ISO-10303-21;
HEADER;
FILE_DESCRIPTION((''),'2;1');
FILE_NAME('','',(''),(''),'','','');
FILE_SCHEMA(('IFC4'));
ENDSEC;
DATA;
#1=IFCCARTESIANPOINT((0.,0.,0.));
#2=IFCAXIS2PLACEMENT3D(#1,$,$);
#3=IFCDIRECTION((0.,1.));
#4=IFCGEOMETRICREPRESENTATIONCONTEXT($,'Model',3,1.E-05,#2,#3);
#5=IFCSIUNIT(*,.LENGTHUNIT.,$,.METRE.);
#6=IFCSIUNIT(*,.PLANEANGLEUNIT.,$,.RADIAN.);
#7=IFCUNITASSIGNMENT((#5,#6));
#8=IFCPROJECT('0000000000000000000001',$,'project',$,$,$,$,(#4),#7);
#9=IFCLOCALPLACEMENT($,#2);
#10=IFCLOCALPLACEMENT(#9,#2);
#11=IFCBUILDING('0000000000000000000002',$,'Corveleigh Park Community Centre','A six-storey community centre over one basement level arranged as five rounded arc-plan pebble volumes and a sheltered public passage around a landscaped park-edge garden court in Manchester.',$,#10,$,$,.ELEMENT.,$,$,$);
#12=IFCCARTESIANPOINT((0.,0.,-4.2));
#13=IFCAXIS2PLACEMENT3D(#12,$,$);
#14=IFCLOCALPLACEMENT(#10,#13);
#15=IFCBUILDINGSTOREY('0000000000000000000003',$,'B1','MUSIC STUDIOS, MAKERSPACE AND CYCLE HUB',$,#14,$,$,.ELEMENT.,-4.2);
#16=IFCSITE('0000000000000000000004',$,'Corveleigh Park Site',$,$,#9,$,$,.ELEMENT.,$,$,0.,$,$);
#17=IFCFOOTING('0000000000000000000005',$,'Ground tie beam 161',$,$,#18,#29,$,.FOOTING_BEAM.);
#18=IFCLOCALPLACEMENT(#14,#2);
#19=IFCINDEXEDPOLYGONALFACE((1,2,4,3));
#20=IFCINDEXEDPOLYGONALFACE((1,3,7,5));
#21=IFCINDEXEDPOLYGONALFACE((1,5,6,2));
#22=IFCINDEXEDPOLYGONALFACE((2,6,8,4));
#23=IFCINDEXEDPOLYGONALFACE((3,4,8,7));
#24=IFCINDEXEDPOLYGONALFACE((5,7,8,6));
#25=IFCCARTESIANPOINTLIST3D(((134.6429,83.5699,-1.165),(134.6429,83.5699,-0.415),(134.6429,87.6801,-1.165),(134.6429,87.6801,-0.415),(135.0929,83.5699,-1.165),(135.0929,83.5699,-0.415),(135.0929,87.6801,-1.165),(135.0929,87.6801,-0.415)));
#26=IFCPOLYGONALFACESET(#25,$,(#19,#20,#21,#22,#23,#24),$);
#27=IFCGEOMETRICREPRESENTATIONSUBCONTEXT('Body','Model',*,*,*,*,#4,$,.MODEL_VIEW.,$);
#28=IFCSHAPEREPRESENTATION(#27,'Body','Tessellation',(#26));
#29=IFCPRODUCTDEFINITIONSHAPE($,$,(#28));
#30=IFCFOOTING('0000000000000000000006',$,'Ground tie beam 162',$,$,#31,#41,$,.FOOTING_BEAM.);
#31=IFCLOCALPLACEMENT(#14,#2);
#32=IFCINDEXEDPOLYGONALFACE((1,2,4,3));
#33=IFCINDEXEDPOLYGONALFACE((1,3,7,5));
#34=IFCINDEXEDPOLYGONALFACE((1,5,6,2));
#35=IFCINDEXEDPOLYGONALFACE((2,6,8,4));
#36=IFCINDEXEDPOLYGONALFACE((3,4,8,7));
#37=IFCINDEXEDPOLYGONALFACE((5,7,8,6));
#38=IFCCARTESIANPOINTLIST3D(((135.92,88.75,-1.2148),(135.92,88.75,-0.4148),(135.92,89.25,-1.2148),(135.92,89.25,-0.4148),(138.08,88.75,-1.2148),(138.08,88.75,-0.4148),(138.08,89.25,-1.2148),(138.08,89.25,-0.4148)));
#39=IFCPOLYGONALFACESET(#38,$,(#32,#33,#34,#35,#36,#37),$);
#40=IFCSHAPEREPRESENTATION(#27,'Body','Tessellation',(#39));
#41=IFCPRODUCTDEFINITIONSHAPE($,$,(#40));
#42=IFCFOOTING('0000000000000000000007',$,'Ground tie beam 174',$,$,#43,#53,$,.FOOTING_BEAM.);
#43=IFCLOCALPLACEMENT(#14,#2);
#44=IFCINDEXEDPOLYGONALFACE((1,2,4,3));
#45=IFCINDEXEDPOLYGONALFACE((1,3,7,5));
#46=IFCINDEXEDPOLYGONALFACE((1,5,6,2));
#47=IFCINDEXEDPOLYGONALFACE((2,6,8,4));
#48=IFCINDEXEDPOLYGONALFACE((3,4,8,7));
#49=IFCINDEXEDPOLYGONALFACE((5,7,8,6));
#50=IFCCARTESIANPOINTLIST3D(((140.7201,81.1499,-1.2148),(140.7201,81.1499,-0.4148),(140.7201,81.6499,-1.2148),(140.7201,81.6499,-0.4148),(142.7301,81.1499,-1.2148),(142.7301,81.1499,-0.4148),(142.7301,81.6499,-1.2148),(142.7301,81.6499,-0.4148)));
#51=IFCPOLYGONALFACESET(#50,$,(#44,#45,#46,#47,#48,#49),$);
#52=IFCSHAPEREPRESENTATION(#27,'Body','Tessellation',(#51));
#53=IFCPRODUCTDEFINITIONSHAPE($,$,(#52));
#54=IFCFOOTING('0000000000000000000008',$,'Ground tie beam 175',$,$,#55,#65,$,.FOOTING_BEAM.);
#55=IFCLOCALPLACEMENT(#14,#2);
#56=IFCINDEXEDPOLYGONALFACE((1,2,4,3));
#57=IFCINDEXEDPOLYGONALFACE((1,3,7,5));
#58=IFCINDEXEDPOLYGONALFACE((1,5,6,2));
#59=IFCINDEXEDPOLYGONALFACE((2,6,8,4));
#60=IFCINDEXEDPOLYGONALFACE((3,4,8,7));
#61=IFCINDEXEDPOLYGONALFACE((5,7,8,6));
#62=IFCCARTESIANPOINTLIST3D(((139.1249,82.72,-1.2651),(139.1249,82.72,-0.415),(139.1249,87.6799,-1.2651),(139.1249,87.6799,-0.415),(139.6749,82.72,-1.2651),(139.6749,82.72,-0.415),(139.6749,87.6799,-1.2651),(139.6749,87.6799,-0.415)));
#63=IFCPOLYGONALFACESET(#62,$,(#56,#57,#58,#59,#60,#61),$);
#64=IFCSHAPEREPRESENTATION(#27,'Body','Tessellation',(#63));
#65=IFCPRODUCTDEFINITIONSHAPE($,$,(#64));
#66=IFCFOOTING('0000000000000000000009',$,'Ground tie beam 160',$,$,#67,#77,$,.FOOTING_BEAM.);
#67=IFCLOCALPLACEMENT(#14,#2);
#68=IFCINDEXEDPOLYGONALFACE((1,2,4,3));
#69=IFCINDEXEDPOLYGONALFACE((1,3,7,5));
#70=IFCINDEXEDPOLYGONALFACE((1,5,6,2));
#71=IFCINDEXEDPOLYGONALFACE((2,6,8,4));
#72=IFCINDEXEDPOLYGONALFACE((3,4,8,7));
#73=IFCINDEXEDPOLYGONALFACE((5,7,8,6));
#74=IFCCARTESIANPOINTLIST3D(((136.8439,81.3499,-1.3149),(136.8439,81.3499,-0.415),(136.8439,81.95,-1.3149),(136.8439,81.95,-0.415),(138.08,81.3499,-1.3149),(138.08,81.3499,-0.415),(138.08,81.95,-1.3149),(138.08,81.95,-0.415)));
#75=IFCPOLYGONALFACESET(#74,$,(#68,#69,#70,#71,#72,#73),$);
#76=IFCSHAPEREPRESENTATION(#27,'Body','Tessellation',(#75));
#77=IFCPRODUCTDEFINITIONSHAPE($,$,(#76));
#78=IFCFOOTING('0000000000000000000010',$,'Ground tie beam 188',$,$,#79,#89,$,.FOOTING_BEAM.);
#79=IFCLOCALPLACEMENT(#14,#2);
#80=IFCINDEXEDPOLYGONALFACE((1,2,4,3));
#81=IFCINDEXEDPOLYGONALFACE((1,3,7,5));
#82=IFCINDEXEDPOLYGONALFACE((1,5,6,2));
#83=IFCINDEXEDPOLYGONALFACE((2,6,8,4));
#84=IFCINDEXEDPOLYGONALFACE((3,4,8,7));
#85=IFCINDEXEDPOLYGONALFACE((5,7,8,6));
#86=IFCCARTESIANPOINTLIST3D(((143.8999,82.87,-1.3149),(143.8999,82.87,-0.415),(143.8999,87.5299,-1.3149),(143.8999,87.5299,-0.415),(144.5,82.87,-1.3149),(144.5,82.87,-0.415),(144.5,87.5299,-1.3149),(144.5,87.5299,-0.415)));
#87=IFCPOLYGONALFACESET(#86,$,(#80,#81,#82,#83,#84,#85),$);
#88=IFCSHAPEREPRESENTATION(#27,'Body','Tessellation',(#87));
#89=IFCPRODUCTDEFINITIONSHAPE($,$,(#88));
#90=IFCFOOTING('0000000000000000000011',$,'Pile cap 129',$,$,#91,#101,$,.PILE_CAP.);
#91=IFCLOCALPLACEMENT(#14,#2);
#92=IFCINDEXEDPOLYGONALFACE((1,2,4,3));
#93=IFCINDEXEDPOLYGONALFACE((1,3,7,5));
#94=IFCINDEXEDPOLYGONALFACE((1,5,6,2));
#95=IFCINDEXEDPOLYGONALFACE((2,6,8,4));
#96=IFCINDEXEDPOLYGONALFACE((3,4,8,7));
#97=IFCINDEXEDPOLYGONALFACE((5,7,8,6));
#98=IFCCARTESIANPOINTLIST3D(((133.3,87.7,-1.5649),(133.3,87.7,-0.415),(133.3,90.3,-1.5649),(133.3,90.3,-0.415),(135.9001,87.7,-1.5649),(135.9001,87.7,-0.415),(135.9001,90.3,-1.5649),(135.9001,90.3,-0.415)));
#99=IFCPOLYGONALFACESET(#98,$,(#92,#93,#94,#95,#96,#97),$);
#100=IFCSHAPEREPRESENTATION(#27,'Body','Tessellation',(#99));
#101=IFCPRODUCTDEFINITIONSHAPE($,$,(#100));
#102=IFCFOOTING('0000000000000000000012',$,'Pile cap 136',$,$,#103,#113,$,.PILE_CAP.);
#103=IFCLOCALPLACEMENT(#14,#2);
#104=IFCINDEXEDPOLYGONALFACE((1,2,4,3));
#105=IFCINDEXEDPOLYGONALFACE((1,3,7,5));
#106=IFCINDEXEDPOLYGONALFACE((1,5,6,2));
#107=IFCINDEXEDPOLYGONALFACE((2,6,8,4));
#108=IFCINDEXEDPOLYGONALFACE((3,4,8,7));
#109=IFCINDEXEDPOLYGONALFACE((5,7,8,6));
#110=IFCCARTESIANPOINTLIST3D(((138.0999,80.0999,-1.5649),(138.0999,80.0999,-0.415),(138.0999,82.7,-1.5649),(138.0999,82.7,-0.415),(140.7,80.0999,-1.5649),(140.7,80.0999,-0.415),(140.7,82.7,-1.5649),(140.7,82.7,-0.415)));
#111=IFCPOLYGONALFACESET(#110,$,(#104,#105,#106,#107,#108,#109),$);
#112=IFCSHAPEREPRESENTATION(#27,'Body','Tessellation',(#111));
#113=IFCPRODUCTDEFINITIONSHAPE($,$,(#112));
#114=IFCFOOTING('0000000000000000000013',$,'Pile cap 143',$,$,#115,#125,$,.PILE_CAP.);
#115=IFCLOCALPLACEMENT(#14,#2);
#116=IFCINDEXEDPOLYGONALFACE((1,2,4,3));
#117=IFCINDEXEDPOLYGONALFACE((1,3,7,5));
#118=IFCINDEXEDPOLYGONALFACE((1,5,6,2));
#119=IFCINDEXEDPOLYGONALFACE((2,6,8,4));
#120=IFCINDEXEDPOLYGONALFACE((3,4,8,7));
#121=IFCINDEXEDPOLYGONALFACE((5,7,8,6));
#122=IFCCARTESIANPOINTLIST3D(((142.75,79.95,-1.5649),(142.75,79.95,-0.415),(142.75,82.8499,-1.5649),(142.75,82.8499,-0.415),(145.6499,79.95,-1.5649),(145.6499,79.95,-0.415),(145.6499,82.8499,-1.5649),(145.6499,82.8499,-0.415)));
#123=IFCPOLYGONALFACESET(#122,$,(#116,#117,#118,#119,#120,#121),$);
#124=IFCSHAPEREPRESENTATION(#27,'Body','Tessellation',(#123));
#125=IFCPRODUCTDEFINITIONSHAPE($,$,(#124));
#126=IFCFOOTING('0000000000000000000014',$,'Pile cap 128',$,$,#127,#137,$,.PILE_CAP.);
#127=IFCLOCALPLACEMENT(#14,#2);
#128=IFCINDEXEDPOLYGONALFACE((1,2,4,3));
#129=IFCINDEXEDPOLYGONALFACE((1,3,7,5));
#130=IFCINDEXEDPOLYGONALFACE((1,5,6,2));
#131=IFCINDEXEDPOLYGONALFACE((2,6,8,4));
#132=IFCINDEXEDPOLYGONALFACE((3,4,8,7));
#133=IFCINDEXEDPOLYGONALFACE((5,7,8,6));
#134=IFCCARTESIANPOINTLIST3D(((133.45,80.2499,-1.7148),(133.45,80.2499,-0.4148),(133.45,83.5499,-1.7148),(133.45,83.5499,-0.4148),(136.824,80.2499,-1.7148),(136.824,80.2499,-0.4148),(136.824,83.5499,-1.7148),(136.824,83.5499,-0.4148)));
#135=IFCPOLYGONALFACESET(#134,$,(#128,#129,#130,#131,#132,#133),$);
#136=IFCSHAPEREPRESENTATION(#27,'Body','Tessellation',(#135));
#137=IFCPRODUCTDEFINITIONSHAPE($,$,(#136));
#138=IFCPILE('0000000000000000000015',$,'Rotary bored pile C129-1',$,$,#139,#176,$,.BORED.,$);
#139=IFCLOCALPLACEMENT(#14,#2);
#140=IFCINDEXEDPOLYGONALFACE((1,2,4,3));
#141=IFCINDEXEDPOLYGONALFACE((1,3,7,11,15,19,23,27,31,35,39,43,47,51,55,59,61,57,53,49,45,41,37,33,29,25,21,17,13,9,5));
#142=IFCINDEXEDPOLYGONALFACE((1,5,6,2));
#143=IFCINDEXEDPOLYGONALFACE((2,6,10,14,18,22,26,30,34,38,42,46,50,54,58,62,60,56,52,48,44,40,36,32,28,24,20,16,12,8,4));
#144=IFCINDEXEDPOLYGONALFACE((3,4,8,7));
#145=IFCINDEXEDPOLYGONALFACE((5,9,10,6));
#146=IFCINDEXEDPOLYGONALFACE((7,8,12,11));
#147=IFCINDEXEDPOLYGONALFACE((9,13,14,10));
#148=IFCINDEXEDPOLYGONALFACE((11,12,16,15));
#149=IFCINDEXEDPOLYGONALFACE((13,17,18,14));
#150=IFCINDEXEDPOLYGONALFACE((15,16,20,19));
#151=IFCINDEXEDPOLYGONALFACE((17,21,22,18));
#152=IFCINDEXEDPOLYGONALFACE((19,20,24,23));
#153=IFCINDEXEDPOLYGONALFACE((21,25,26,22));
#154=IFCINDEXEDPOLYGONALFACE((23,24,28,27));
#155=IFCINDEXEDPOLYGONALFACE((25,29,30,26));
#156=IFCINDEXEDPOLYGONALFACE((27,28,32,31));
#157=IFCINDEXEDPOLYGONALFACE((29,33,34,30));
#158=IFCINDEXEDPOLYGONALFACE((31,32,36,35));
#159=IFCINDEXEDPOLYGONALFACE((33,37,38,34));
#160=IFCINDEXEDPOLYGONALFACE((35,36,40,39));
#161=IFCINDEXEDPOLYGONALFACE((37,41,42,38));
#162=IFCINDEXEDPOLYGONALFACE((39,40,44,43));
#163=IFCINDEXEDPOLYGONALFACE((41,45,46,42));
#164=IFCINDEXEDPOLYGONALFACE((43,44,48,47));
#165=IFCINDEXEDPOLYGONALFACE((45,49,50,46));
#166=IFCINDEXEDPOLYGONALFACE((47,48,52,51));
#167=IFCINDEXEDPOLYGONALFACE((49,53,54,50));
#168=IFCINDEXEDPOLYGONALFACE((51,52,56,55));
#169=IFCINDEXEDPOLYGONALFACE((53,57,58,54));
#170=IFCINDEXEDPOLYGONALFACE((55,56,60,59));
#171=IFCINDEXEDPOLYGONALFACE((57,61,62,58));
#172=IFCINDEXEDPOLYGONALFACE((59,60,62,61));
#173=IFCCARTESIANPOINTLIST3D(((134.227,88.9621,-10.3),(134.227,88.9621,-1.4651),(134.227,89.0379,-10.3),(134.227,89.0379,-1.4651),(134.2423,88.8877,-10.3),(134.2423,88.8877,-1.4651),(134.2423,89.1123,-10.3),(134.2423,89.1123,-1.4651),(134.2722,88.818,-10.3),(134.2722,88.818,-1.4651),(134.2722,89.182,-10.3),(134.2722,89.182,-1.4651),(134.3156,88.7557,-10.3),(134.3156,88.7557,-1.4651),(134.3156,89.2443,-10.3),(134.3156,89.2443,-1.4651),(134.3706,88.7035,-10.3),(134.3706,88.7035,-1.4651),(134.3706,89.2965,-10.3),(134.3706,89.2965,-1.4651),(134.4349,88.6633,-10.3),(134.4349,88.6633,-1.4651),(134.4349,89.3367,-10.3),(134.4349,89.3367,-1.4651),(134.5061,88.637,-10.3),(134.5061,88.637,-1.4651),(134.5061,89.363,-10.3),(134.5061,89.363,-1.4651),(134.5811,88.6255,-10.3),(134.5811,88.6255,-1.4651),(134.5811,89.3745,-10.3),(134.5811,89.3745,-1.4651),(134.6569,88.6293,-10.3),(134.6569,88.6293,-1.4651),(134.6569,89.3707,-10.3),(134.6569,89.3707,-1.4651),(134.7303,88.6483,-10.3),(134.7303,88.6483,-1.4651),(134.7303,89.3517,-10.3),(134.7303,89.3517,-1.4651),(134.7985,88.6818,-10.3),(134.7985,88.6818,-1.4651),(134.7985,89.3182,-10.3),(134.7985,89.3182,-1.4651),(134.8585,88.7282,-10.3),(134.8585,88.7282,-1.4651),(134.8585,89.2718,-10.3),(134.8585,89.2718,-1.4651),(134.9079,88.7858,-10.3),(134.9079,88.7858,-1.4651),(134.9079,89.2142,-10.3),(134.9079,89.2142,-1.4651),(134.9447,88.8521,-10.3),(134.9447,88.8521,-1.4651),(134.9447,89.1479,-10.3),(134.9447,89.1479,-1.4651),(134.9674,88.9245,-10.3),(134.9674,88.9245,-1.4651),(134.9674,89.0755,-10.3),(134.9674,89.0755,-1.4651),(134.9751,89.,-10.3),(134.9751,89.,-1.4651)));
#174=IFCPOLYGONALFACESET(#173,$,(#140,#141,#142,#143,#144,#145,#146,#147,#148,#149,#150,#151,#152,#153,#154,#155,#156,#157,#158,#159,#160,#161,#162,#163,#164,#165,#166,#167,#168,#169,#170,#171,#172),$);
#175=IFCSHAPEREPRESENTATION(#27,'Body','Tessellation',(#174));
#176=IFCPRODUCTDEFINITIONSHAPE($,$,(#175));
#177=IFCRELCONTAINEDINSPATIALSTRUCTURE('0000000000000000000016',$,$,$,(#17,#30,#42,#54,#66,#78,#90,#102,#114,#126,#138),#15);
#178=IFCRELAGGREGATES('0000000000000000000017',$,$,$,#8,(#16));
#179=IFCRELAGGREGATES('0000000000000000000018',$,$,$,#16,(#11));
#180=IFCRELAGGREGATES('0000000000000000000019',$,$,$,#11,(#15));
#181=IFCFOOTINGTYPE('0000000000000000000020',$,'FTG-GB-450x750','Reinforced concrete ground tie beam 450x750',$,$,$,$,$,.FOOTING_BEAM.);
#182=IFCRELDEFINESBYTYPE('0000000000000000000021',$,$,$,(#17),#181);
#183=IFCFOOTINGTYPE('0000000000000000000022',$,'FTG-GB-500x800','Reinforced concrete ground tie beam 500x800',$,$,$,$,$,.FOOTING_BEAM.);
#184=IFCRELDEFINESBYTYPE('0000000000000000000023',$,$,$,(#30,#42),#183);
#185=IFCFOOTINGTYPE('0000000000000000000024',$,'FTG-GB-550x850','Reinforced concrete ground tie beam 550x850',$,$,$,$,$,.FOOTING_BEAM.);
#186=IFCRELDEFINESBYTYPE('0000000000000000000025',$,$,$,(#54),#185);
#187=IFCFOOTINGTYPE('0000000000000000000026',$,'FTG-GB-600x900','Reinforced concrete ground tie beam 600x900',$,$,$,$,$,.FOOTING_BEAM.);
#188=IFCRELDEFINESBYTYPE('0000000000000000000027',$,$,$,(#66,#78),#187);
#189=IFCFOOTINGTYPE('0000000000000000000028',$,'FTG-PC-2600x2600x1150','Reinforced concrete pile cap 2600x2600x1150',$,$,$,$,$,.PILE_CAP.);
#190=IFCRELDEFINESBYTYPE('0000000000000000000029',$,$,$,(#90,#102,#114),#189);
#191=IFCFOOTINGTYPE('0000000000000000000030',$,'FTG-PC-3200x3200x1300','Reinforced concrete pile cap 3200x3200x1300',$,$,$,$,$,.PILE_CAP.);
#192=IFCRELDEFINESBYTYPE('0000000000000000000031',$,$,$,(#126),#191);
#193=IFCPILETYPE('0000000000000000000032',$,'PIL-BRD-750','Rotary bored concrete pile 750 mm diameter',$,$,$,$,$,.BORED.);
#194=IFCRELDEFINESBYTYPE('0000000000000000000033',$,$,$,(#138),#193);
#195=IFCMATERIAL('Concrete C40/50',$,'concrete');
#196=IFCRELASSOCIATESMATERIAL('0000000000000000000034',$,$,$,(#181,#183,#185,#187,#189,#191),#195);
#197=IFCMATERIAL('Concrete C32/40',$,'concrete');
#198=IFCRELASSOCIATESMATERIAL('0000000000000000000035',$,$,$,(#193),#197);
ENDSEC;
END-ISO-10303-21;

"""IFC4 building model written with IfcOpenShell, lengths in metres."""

from ifc_helpers import new_model, si_unit, direction, frame, origin, origin_2d, place, context, subcontext, project, spatial, rectangle, circle, extrude, material, material_profile, profile_set, type_object, element, save


model = new_model("IFC4")

# Units and contexts
model_context = context("Model", 3, precision=1e-05, world=origin(), true_north=direction((0.0, 1.0)))
body_context = subcontext(model_context, "Body", "Model", "MODEL_VIEW")
ifc_project = project(units=[si_unit("LENGTHUNIT", "METRE"), si_unit("PLANEANGLEUNIT", "RADIAN")], contexts=[model_context])

# Site, building, storey
site_placement = place(None, origin())
site = spatial("IfcSite", under=ifc_project, at=site_placement, Name="Corveleigh Park Site", CompositionType="ELEMENT", RefElevation=0.0)
building_placement = place(site_placement, origin())
building = spatial("IfcBuilding", under=site, at=building_placement, Name="Corveleigh Park Community Centre", Description="A six-storey community centre over one basement level arranged as five rounded arc-plan pebble volumes and a sheltered public passage around a landscaped park-edge garden court in Manchester.", CompositionType="ELEMENT")
storey_placement = place(building_placement, frame((0.0, 0.0, -4.2)))
storey = spatial("IfcBuildingStorey", under=building, at=storey_placement, Name="B1", Description="MUSIC STUDIOS, MAKERSPACE AND CYCLE HUB", CompositionType="ELEMENT", Elevation=-4.2)

# Footings
ifc_material_1 = material(Name="Concrete C40/50", Category="concrete")
footing_type_1 = type_object("IfcFootingType", Name="FTG-GB-450x750", Description="Reinforced concrete ground tie beam 450x750", PredefinedType="FOOTING_BEAM", material=ifc_material_1)
footing_1_placement = place(storey_placement, frame((134.8679, 85.625, -1.165), z_axis=(0.0, 0.0, 1.0), x_axis=(1.0, 0.0, 0.0)))
element("IfcFooting", 1, at=footing_1_placement, inside=storey, type_object=footing_type_1, Name="Ground tie beam 161", PredefinedType="FOOTING_BEAM", context=body_context, shape_type="SweptSolid", body=[
    extrude(rectangle(XDim=0.45, YDim=4.1101, at=origin_2d()), origin(), (0.0, 0.0, 1.0), 0.75),
])
footing_type_2 = type_object("IfcFootingType", Name="FTG-GB-500x800", Description="Reinforced concrete ground tie beam 500x800", PredefinedType="FOOTING_BEAM", material=ifc_material_1)
footing_2_placement = place(storey_placement, frame((137.0, 89.0, -1.2148), z_axis=(0.0, 0.0, 1.0), x_axis=(1.0, 0.0, 0.0)))
element("IfcFooting", 2, at=footing_2_placement, inside=storey, type_object=footing_type_2, Name="Ground tie beam 162", PredefinedType="FOOTING_BEAM", context=body_context, shape_type="SweptSolid", body=[
    extrude(rectangle(XDim=2.1599, YDim=0.5, at=origin_2d()), origin(), (0.0, 0.0, 1.0), 0.8),
])
footing_3_placement = place(storey_placement, frame((141.7251, 81.3999, -1.2148), z_axis=(0.0, 0.0, 1.0), x_axis=(1.0, 0.0, 0.0)))
element("IfcFooting", 3, at=footing_3_placement, inside=storey, type_object=footing_type_2, Name="Ground tie beam 174", PredefinedType="FOOTING_BEAM", context=body_context, shape_type="SweptSolid", body=[
    extrude(rectangle(XDim=2.01, YDim=0.5, at=origin_2d()), origin(), (0.0, 0.0, 1.0), 0.8),
])
footing_type_3 = type_object("IfcFootingType", Name="FTG-GB-550x850", Description="Reinforced concrete ground tie beam 550x850", PredefinedType="FOOTING_BEAM", material=ifc_material_1)
footing_4_placement = place(storey_placement, frame((139.3999, 85.2, -1.2651), z_axis=(0.0, 0.0, 1.0), x_axis=(1.0, 0.0, 0.0)))
element("IfcFooting", 4, at=footing_4_placement, inside=storey, type_object=footing_type_3, Name="Ground tie beam 175", PredefinedType="FOOTING_BEAM", context=body_context, shape_type="SweptSolid", body=[
    extrude(rectangle(XDim=0.55, YDim=4.96, at=origin_2d()), origin(), (0.0, 0.0, 1.0), 0.8501),
])
footing_type_4 = type_object("IfcFootingType", Name="FTG-GB-600x900", Description="Reinforced concrete ground tie beam 600x900", PredefinedType="FOOTING_BEAM", material=ifc_material_1)
footing_5_placement = place(storey_placement, frame((137.4619, 81.6499, -1.3149), z_axis=(0.0, 0.0, 1.0), x_axis=(1.0, 0.0, 0.0)))
element("IfcFooting", 5, at=footing_5_placement, inside=storey, type_object=footing_type_4, Name="Ground tie beam 160", PredefinedType="FOOTING_BEAM", context=body_context, shape_type="SweptSolid", body=[
    extrude(rectangle(XDim=1.2361, YDim=0.6001, at=origin_2d()), origin(), (0.0, 0.0, 1.0), 0.8999),
])
footing_6_placement = place(storey_placement, frame((144.2, 85.2, -1.3149), z_axis=(0.0, 0.0, 1.0), x_axis=(1.0, 0.0, 0.0)))
element("IfcFooting", 6, at=footing_6_placement, inside=storey, type_object=footing_type_4, Name="Ground tie beam 188", PredefinedType="FOOTING_BEAM", context=body_context, shape_type="SweptSolid", body=[
    extrude(rectangle(XDim=0.6001, YDim=4.6599, at=origin_2d()), origin(), (0.0, 0.0, 1.0), 0.8999),
])
footing_type_5 = type_object("IfcFootingType", Name="FTG-PC-2600x2600x1150", Description="Reinforced concrete pile cap 2600x2600x1150", PredefinedType="PILE_CAP", material=ifc_material_1)
for number, where, z_axis, x_axis, name in (
    (7, (134.6001, 89.0, -1.5649), (0.0, 0.0, 1.0), (1.0, 0.0, 0.0), "Pile cap 129"),
    (8, (139.3999, 81.3999, -1.5649), (0.0, 0.0, 1.0), (1.0, 0.0, 0.0), "Pile cap 136"),
):
    element("IfcFooting", number, at=place(storey_placement, frame(where, z_axis=z_axis, x_axis=x_axis)), inside=storey, type_object=footing_type_5, Name=name, PredefinedType="PILE_CAP", context=body_context, shape_type="SweptSolid", body=[
        extrude(rectangle(XDim=2.6001, YDim=2.6001, at=origin_2d()), origin(), (0.0, 0.0, 1.0), 1.1499),
    ])
footing_7_placement = place(storey_placement, frame((144.2, 81.3999, -1.5649), z_axis=(0.0, 0.0, 1.0), x_axis=(1.0, 0.0, 0.0)))
element("IfcFooting", 9, at=footing_7_placement, inside=storey, type_object=footing_type_5, Name="Pile cap 143", PredefinedType="PILE_CAP", context=body_context, shape_type="SweptSolid", body=[
    extrude(rectangle(XDim=2.8999, YDim=2.8999, at=origin_2d()), origin(), (0.0, 0.0, 1.0), 1.1499),
])
footing_type_6 = type_object("IfcFootingType", Name="FTG-PC-3200x3200x1300", Description="Reinforced concrete pile cap 3200x3200x1300", PredefinedType="PILE_CAP", material=ifc_material_1)
footing_8_placement = place(storey_placement, frame((135.137, 81.8999, -1.7148), z_axis=(0.0, 0.0, 1.0), x_axis=(1.0, 0.0, 0.0)))
element("IfcFooting", 10, at=footing_8_placement, inside=storey, type_object=footing_type_6, Name="Pile cap 128", PredefinedType="PILE_CAP", context=body_context, shape_type="SweptSolid", body=[
    extrude(rectangle(XDim=3.374, YDim=3.3, at=origin_2d()), origin(), (0.0, 0.0, 1.0), 1.3),
])

# Pile
ifc_material_2 = material(Name="Concrete C32/40", Category="concrete")
ifc_material_profile_1 = material_profile(ifc_material_2, circle(Radius=0.375, at=origin_2d()), Name="BORED-PILE-750", Category="concrete")
ifc_profile_set_1 = profile_set([ifc_material_profile_1], Name="Concrete C32/40")
pile_type_1 = type_object("IfcPileType", Name="PIL-BRD-750", Description="Rotary bored concrete pile 750 mm diameter", PredefinedType="BORED", material=ifc_profile_set_1)
pile_1_placement = place(storey_placement, frame((134.6001, 89.0, -1.4651), z_axis=(0.0, 0.0, -1.0), x_axis=(1.0, 0.0, 0.0)))
element("IfcPile", 11, at=pile_1_placement, inside=storey, type_object=pile_type_1, Name="Rotary bored pile C129-1", PredefinedType="BORED", context=body_context, shape_type="SweptSolid", body=[
    extrude(circle(Radius=0.375, at=origin_2d()), origin(), (0.0, 0.0, 1.0), 8.835),
])

save(model, "model.ifc")
